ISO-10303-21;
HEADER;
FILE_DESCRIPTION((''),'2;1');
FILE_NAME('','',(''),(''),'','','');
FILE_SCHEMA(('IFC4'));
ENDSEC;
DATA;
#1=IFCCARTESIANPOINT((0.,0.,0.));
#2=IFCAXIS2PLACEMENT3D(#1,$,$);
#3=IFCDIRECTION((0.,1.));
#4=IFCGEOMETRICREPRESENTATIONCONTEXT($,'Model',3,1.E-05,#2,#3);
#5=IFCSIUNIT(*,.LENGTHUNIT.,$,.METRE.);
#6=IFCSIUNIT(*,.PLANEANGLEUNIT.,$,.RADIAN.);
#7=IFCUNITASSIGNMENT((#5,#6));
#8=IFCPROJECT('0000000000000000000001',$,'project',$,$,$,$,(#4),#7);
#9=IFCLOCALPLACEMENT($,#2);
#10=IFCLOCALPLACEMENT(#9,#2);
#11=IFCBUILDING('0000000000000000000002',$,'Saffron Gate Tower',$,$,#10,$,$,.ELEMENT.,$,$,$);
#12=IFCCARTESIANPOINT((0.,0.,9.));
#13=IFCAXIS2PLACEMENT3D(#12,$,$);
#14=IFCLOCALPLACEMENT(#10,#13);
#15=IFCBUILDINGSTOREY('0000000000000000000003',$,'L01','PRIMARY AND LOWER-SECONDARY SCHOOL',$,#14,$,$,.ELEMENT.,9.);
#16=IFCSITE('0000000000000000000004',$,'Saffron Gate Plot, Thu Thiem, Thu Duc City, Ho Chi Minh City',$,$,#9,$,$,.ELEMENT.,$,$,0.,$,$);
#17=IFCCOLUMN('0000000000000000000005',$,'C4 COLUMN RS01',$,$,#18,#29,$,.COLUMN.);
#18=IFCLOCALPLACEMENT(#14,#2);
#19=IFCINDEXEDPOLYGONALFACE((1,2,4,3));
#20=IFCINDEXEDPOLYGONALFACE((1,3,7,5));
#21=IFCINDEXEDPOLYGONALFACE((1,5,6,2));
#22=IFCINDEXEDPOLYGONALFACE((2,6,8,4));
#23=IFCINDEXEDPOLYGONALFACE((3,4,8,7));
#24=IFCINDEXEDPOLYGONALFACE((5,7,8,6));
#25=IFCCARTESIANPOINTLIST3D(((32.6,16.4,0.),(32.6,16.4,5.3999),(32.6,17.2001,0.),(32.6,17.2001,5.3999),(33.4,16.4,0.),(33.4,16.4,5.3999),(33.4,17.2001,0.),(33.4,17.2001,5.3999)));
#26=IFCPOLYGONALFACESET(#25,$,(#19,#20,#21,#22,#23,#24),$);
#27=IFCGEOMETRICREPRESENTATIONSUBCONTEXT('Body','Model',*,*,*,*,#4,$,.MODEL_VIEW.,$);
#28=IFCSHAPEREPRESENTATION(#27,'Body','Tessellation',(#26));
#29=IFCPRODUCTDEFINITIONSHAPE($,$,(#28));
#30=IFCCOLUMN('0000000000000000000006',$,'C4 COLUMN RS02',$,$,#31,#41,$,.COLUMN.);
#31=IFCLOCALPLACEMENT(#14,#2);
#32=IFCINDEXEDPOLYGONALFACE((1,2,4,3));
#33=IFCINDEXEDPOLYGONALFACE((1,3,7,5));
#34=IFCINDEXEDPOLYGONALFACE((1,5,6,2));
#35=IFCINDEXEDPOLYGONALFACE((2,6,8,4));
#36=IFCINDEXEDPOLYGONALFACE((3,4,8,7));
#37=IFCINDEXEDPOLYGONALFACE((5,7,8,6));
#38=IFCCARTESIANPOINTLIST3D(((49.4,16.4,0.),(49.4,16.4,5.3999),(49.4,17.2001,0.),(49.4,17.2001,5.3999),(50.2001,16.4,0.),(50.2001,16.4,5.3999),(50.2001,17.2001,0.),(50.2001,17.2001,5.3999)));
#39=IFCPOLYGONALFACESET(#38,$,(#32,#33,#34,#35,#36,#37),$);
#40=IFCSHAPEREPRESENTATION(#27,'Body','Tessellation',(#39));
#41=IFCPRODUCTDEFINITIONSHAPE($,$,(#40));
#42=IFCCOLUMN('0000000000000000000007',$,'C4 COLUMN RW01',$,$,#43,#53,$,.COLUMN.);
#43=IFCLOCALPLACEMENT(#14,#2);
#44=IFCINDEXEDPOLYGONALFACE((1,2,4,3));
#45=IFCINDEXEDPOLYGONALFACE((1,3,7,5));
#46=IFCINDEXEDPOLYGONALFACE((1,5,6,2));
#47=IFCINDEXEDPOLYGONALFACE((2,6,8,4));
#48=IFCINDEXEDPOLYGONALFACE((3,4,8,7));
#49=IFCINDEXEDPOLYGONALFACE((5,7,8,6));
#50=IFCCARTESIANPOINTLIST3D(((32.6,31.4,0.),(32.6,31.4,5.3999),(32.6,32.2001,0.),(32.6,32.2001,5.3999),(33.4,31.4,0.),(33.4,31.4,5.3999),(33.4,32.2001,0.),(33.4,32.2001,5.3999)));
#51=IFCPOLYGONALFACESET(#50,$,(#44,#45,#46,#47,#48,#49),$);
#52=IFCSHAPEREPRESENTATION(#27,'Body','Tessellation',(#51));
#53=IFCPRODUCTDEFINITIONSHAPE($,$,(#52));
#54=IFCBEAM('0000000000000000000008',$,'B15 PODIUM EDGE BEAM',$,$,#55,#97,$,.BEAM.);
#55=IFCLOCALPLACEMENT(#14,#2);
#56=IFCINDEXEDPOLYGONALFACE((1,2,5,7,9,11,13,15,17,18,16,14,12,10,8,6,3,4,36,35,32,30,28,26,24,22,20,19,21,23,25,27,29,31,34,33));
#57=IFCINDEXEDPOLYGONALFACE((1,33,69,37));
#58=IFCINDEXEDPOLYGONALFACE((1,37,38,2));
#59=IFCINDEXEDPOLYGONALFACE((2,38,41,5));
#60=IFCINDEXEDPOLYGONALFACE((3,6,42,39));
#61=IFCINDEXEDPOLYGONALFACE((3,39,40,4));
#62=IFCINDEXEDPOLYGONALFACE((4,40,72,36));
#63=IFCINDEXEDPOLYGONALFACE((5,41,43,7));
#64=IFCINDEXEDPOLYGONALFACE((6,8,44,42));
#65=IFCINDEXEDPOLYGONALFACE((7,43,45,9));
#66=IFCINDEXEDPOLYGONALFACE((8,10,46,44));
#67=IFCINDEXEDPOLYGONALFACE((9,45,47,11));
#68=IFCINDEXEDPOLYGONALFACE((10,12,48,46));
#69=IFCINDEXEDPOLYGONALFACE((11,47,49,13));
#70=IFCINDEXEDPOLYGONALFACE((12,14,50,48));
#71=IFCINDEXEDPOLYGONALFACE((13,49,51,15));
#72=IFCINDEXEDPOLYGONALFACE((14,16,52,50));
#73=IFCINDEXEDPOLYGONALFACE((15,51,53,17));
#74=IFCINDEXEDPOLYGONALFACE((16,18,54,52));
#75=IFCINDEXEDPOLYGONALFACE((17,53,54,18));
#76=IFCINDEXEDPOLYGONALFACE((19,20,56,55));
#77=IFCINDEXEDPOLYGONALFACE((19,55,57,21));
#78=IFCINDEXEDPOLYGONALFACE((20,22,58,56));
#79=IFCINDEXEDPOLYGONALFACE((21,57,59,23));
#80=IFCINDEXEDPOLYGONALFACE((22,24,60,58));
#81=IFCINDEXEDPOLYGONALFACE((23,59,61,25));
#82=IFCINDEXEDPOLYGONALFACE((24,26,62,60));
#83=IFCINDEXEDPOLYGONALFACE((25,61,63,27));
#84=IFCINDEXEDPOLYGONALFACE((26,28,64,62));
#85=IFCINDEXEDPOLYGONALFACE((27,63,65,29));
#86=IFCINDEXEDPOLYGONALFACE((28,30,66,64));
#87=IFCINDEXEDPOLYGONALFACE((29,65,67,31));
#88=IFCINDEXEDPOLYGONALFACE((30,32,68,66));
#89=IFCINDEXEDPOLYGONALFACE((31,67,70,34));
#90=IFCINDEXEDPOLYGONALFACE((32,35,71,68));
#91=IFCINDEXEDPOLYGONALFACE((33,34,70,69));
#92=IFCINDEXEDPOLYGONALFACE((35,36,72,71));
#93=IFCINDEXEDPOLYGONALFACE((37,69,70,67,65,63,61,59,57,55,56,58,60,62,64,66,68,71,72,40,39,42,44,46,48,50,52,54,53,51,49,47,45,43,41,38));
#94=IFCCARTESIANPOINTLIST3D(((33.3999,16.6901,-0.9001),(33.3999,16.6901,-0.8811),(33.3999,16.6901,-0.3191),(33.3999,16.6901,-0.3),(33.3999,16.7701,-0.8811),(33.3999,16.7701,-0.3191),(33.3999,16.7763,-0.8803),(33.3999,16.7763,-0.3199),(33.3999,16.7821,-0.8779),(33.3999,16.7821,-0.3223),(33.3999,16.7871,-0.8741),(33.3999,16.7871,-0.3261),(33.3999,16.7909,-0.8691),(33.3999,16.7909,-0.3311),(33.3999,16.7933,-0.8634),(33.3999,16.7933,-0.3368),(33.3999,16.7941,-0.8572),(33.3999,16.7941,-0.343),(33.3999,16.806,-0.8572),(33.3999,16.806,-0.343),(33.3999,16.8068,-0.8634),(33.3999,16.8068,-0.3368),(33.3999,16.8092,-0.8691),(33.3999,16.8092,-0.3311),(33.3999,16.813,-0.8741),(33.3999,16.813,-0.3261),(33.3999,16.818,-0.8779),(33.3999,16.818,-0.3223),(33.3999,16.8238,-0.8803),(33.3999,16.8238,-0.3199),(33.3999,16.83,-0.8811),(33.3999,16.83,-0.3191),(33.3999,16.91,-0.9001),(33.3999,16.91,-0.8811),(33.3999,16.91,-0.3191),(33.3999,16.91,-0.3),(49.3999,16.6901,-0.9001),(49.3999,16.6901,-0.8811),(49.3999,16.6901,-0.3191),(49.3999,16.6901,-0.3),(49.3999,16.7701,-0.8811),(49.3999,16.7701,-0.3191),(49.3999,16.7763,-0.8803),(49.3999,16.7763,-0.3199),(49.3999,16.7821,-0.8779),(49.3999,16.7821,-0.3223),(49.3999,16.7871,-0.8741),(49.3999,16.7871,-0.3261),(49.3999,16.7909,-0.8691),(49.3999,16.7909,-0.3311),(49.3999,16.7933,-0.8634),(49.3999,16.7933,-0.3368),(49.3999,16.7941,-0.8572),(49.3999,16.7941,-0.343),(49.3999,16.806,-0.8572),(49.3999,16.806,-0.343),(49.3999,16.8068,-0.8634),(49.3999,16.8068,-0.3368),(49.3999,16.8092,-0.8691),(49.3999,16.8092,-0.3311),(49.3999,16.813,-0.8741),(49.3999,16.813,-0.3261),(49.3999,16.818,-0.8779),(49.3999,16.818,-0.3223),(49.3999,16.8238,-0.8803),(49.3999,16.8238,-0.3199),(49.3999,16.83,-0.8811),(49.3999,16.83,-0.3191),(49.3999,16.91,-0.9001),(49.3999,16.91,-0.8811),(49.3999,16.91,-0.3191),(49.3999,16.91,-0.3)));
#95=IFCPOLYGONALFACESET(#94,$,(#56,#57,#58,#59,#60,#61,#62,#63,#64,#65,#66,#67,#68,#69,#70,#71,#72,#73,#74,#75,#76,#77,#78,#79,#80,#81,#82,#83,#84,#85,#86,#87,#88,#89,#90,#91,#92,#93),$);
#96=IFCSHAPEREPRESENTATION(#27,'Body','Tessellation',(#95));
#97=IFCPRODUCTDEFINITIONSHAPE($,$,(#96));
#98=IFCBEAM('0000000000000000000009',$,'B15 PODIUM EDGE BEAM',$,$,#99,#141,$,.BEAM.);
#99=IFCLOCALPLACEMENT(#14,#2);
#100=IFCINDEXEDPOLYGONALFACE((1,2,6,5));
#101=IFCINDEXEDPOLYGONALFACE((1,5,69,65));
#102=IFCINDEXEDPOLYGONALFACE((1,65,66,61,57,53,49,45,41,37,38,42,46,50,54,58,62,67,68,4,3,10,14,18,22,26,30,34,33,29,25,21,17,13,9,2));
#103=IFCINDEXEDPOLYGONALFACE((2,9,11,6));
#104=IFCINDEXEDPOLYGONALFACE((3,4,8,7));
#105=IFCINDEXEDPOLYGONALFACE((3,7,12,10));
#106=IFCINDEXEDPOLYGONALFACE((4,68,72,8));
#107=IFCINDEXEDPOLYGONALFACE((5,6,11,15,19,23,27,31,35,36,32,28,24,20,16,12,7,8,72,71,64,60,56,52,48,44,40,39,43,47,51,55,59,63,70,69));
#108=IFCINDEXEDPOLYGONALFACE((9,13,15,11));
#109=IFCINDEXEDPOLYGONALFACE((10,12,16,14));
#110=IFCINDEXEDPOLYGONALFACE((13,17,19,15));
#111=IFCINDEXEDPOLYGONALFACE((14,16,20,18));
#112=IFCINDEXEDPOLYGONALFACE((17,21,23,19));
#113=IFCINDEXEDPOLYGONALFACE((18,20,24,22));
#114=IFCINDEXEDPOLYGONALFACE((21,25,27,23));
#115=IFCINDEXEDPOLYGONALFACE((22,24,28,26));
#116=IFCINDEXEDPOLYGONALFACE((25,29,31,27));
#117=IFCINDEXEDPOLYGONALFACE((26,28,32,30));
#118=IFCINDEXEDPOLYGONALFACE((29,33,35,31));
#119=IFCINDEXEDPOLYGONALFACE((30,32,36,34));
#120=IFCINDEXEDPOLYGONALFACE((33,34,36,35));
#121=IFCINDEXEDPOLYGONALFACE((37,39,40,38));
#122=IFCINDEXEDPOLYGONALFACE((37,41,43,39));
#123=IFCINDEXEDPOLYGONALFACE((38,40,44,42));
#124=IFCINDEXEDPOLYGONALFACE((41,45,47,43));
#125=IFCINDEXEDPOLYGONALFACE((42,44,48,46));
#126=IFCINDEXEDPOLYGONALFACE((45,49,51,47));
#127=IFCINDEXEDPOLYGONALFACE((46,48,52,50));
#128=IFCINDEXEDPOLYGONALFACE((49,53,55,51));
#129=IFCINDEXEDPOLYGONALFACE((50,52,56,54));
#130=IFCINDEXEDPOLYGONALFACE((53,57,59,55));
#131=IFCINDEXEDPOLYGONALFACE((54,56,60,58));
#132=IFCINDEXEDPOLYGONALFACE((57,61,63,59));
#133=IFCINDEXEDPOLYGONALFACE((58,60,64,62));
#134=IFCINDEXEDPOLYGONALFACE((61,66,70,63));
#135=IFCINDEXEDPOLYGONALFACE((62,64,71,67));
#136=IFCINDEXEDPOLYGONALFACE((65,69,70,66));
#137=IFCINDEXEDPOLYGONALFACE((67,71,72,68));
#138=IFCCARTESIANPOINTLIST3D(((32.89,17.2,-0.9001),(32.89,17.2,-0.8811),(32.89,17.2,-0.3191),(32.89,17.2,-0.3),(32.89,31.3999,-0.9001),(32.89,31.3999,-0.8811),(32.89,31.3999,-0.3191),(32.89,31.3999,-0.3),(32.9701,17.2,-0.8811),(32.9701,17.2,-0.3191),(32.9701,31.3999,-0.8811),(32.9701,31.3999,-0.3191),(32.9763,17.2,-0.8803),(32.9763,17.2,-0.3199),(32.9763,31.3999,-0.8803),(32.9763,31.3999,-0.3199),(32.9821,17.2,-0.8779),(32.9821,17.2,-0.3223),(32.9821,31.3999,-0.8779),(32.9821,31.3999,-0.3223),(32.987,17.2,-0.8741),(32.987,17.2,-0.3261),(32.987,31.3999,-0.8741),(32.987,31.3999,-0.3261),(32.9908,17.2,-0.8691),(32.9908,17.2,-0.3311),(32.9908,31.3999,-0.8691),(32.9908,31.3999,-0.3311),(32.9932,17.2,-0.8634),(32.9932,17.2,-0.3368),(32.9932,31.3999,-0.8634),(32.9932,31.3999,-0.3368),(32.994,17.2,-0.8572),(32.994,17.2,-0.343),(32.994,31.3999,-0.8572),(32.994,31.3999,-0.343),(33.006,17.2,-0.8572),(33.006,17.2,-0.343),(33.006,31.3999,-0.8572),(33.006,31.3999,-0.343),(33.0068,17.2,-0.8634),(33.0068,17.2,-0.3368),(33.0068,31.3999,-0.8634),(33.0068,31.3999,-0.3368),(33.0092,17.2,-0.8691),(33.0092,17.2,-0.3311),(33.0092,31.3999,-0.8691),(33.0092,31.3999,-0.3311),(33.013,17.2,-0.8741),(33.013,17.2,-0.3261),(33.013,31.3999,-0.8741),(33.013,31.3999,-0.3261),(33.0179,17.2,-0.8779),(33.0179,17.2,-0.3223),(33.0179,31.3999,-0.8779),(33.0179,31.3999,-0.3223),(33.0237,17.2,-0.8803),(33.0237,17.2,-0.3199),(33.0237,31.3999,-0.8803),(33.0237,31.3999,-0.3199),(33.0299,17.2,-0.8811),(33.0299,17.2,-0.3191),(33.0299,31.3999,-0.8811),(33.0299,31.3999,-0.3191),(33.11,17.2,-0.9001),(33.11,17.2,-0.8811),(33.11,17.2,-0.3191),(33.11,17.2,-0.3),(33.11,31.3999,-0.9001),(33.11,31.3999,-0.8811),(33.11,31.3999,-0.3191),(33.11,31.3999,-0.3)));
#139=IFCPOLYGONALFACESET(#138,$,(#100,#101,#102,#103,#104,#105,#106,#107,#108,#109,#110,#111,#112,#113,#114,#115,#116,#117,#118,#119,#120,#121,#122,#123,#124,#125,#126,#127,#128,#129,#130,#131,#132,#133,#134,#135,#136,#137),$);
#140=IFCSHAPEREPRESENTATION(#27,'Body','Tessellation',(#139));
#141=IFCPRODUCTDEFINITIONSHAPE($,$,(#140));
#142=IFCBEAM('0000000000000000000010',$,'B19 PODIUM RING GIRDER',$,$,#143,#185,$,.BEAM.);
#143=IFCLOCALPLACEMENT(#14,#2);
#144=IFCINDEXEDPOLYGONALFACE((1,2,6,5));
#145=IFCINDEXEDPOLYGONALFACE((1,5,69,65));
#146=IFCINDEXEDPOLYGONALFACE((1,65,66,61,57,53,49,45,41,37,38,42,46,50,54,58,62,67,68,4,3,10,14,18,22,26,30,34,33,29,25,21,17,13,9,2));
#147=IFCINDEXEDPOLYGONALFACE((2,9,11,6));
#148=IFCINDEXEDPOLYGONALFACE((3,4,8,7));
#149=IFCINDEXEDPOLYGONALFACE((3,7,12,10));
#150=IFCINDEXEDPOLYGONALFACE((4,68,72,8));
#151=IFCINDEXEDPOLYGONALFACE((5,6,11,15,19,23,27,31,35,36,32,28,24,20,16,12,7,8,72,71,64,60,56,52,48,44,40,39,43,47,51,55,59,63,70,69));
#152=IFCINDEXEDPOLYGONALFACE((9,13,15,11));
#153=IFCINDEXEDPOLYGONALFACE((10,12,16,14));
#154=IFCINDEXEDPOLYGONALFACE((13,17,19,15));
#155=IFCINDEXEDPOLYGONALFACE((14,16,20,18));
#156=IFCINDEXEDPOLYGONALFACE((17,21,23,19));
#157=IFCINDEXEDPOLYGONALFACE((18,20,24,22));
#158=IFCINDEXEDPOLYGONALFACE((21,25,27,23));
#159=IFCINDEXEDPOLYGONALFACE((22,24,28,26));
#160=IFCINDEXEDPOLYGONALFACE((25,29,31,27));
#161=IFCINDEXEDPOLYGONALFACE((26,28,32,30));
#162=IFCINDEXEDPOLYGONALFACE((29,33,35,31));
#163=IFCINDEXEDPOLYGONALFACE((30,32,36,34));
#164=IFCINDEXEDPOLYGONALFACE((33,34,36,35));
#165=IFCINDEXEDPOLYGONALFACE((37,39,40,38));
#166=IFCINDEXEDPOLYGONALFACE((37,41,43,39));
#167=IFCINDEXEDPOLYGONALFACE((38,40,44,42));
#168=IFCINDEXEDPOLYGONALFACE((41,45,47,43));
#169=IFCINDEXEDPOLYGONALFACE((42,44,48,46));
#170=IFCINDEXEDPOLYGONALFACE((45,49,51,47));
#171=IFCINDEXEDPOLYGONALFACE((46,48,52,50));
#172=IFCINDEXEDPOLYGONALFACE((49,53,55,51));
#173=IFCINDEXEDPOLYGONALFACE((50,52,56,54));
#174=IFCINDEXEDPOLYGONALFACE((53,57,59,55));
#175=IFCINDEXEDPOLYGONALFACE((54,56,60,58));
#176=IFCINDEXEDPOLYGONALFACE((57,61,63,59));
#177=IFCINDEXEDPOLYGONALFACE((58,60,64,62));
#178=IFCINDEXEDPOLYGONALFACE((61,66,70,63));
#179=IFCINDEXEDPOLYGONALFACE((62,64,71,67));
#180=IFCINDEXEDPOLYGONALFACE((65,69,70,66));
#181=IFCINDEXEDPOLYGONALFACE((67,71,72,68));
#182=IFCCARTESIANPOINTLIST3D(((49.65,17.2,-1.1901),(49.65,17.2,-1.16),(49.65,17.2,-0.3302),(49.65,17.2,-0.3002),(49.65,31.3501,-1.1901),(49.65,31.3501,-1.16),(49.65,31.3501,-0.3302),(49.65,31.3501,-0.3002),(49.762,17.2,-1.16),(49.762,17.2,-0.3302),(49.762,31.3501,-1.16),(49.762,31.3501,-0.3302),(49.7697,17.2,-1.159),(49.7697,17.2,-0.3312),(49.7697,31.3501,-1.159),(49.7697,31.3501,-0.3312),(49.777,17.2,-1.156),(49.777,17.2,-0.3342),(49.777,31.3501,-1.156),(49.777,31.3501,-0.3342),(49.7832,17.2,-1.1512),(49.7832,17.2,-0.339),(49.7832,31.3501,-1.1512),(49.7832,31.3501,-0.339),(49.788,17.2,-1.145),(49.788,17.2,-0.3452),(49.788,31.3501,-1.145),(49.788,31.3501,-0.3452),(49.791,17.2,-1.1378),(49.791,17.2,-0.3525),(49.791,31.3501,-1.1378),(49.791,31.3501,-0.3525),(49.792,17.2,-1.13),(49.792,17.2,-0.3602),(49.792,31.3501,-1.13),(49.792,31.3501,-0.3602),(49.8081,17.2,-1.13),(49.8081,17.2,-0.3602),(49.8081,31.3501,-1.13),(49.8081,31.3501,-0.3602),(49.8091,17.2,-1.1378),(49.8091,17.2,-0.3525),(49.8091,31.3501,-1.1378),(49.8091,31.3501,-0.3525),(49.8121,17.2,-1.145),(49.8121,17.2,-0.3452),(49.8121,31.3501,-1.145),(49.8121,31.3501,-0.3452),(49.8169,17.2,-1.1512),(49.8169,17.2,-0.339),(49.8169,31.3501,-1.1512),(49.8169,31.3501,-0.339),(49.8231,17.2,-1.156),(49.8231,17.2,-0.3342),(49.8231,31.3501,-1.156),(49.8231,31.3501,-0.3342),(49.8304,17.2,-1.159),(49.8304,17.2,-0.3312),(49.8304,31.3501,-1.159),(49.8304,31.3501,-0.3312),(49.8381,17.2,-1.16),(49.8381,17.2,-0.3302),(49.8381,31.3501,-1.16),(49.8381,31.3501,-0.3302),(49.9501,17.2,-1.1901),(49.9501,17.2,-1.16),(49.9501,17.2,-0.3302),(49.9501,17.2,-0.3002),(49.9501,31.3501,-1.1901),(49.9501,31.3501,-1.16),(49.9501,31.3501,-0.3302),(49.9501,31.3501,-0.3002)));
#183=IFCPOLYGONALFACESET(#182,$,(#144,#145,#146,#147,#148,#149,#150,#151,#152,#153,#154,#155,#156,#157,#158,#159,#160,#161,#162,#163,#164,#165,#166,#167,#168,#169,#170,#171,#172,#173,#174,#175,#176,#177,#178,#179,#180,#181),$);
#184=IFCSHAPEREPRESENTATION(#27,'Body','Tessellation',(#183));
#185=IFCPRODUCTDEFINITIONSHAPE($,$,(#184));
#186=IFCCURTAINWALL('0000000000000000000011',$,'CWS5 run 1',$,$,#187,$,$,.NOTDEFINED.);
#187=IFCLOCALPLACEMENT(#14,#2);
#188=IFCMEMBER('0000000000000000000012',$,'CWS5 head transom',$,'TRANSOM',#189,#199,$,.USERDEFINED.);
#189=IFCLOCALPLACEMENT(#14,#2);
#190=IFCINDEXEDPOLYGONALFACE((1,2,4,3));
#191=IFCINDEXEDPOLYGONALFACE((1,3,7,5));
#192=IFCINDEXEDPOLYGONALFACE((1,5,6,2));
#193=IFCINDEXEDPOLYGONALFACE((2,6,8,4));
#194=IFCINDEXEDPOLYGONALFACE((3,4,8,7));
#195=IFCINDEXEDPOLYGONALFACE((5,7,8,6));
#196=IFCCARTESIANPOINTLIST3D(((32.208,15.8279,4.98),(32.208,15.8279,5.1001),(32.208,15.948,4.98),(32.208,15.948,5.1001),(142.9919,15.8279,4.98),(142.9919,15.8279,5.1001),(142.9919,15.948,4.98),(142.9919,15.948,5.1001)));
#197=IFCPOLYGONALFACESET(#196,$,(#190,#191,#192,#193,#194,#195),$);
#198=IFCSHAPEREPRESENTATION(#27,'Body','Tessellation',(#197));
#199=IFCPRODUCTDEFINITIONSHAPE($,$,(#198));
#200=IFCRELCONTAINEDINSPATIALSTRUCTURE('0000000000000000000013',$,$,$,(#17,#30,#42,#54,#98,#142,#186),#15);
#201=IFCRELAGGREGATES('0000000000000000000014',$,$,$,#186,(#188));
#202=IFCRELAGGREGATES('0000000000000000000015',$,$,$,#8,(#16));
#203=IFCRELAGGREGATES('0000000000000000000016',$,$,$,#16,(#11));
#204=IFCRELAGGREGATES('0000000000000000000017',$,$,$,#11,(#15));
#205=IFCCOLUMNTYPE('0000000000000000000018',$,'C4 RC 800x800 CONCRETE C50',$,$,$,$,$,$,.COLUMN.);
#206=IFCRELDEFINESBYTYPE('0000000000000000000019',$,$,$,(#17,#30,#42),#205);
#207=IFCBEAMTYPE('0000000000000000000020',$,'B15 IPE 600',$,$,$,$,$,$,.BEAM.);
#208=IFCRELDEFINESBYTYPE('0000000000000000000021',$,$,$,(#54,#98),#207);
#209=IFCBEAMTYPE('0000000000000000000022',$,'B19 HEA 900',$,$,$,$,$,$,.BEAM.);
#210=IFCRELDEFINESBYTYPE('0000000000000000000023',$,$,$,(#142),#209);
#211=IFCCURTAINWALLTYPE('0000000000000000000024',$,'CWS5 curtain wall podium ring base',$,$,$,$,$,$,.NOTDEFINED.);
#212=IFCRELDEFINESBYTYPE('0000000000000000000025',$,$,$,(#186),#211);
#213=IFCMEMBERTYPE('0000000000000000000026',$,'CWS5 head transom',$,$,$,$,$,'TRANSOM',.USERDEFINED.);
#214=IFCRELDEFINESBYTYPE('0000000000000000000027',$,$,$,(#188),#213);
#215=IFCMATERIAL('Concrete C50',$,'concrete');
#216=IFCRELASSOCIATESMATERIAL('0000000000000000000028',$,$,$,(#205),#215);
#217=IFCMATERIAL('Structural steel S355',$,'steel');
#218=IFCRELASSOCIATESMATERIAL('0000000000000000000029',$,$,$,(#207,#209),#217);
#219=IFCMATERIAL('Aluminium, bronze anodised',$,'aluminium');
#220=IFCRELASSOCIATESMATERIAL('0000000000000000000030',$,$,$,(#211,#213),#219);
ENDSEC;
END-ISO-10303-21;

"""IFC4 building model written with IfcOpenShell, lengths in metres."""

from ifc_helpers import new_model, si_unit, direction, frame, origin, origin_2d, place, context, subcontext, project, spatial, rectangle, i_section, extrude, material, material_profile, profile_set, type_object, element, aggregate, save


model = new_model("IFC4")

# Units and contexts
model_context = context("Model", 3, precision=1e-05, world=origin(), true_north=direction((0.0, 1.0)))
body_context = subcontext(model_context, "Body", "Model", "MODEL_VIEW")
ifc_project = project(units=[si_unit("LENGTHUNIT", "METRE"), si_unit("PLANEANGLEUNIT", "RADIAN")], contexts=[model_context])

# Site, building, storey
site_placement = place(None, origin())
site = spatial("IfcSite", under=ifc_project, at=site_placement, Name="Saffron Gate Plot, Thu Thiem, Thu Duc City, Ho Chi Minh City", CompositionType="ELEMENT", RefElevation=0.0)
building_placement = place(site_placement, origin())
building = spatial("IfcBuilding", under=site, at=building_placement, Name="Saffron Gate Tower", CompositionType="ELEMENT")
storey_placement = place(building_placement, frame((0.0, 0.0, 9.0)))
storey = spatial("IfcBuildingStorey", under=building, at=storey_placement, Name="L01", Description="PRIMARY AND LOWER-SECONDARY SCHOOL", CompositionType="ELEMENT", Elevation=9.0)

# Columns
ifc_material_1 = material(Name="Concrete C50", Category="concrete")
ifc_material_profile_1 = material_profile(ifc_material_1, rectangle(XDim=0.8, YDim=0.8, at=origin_2d()))
ifc_profile_set_1 = profile_set([ifc_material_profile_1], Name="Concrete C50")
column_type = type_object("IfcColumnType", Name="C4 RC 800x800 CONCRETE C50", PredefinedType="COLUMN", material=ifc_profile_set_1)
for number, where, z_axis, x_axis, name in (
    (1, (33.0, 16.8, 0.0), (0.0, 0.0, 1.0), (1.0, 0.0, 0.0), "C4 COLUMN RS01"),
    (2, (49.8, 16.8, 0.0), (0.0, 0.0, 1.0), (1.0, 0.0, 0.0), "C4 COLUMN RS02"),
    (3, (33.0, 31.8, 0.0), (0.0, 0.0, 1.0), (1.0, 0.0, 0.0), "C4 COLUMN RW01"),
):
    element("IfcColumn", number, at=place(storey_placement, frame(where, z_axis=z_axis, x_axis=x_axis)), inside=storey, type_object=column_type, Name=name, PredefinedType="COLUMN", context=body_context, shape_type="SweptSolid", body=[
        extrude(rectangle(XDim=0.8, YDim=0.8, at=origin_2d()), origin(), (0.0, 0.0, 1.0), 5.3999),
    ])

# Beams
ifc_material_2 = material(Name="Structural steel S355", Category="steel")
ifc_material_profile_2 = material_profile(ifc_material_2, i_section(OverallWidth=0.22, OverallDepth=0.6001, WebThickness=0.012, FlangeThickness=0.019, FilletRadius=0.0239, at=origin_2d()))
ifc_profile_set_2 = profile_set([ifc_material_profile_2], Name="Structural steel S355")
beam_type_1 = type_object("IfcBeamType", Name="B15 IPE 600", PredefinedType="BEAM", material=ifc_profile_set_2)
beam_1_placement = place(storey_placement, frame((33.3999, 16.8, -0.6001), z_axis=(1.0, 0.0, 0.0), x_axis=(0.0, 1.0, 0.0)))
element("IfcBeam", 4, at=beam_1_placement, inside=storey, type_object=beam_type_1, Name="B15 PODIUM EDGE BEAM", PredefinedType="BEAM", context=body_context, shape_type="SweptSolid", body=[
    extrude(i_section(OverallWidth=0.22, OverallDepth=0.6001, WebThickness=0.012, FlangeThickness=0.019, FilletRadius=0.0239, at=origin_2d()), origin(), (0.0, 0.0, 1.0), 16.0),
])
beam_2_placement = place(storey_placement, frame((33.0, 17.2, -0.6001), z_axis=(0.0, 1.0, 0.0), x_axis=(-1.0, 0.0, 0.0)))
element("IfcBeam", 5, at=beam_2_placement, inside=storey, type_object=beam_type_1, Name="B15 PODIUM EDGE BEAM", PredefinedType="BEAM", context=body_context, shape_type="SweptSolid", body=[
    extrude(i_section(OverallWidth=0.22, OverallDepth=0.6001, WebThickness=0.012, FlangeThickness=0.019, FilletRadius=0.0239, at=origin_2d()), origin(), (0.0, 0.0, 1.0), 14.2),
])
ifc_material_profile_3 = material_profile(ifc_material_2, i_section(OverallWidth=0.3, OverallDepth=0.8899, WebThickness=0.0161, FlangeThickness=0.03, FilletRadius=0.03, at=origin_2d()))
ifc_profile_set_3 = profile_set([ifc_material_profile_3], Name="Structural steel S355")
beam_type_2 = type_object("IfcBeamType", Name="B19 HEA 900", PredefinedType="BEAM", material=ifc_profile_set_3)
beam_3_placement = place(storey_placement, frame((49.8, 17.2, -0.7451), z_axis=(0.0, 1.0, 0.0), x_axis=(-1.0, 0.0, 0.0)))
element("IfcBeam", 6, at=beam_3_placement, inside=storey, type_object=beam_type_2, Name="B19 PODIUM RING GIRDER", PredefinedType="BEAM", context=body_context, shape_type="SweptSolid", body=[
    extrude(i_section(OverallWidth=0.3, OverallDepth=0.8899, WebThickness=0.0161, FlangeThickness=0.03, FilletRadius=0.03, at=origin_2d()), origin(), (0.0, 0.0, 1.0), 14.1501),
])

# Curtain wall, member
ifc_material_3 = material(Name="Aluminium, bronze anodised", Category="aluminium")
curtain_wall_type = type_object("IfcCurtainWallType", Name="CWS5 curtain wall podium ring base", PredefinedType="NOTDEFINED", material=ifc_material_3)
curtain_wall_1_placement = place(storey_placement, origin())
curtain_wall_1 = element("IfcCurtainWall", 7, at=curtain_wall_1_placement, inside=storey, type_object=curtain_wall_type, Name="CWS5 run 1", PredefinedType="NOTDEFINED")
ifc_material_profile_4 = material_profile(ifc_material_3, rectangle(XDim=0.1201, YDim=0.1201, at=origin_2d()))
ifc_profile_set_4 = profile_set([ifc_material_profile_4], Name="Aluminium, bronze anodised")
member_type_1 = type_object("IfcMemberType", Name="CWS5 head transom", ElementType="TRANSOM", PredefinedType="USERDEFINED", material=ifc_profile_set_4)
member_1_placement = place(storey_placement, frame((32.208, 15.8879, 5.04), z_axis=(1.0, 0.0, 0.0), x_axis=(0.0, 1.0, 0.0)))
member_1 = element("IfcMember", 8, at=member_1_placement, type_object=member_type_1, Name="CWS5 head transom", ObjectType="TRANSOM", PredefinedType="USERDEFINED", context=body_context, shape_type="SweptSolid", body=[
    extrude(rectangle(XDim=0.1201, YDim=0.1201, at=origin_2d()), origin(), (0.0, 0.0, 1.0), 110.7839),
])
aggregate(curtain_wall_1, [member_1])

save(model, "model.ifc")
